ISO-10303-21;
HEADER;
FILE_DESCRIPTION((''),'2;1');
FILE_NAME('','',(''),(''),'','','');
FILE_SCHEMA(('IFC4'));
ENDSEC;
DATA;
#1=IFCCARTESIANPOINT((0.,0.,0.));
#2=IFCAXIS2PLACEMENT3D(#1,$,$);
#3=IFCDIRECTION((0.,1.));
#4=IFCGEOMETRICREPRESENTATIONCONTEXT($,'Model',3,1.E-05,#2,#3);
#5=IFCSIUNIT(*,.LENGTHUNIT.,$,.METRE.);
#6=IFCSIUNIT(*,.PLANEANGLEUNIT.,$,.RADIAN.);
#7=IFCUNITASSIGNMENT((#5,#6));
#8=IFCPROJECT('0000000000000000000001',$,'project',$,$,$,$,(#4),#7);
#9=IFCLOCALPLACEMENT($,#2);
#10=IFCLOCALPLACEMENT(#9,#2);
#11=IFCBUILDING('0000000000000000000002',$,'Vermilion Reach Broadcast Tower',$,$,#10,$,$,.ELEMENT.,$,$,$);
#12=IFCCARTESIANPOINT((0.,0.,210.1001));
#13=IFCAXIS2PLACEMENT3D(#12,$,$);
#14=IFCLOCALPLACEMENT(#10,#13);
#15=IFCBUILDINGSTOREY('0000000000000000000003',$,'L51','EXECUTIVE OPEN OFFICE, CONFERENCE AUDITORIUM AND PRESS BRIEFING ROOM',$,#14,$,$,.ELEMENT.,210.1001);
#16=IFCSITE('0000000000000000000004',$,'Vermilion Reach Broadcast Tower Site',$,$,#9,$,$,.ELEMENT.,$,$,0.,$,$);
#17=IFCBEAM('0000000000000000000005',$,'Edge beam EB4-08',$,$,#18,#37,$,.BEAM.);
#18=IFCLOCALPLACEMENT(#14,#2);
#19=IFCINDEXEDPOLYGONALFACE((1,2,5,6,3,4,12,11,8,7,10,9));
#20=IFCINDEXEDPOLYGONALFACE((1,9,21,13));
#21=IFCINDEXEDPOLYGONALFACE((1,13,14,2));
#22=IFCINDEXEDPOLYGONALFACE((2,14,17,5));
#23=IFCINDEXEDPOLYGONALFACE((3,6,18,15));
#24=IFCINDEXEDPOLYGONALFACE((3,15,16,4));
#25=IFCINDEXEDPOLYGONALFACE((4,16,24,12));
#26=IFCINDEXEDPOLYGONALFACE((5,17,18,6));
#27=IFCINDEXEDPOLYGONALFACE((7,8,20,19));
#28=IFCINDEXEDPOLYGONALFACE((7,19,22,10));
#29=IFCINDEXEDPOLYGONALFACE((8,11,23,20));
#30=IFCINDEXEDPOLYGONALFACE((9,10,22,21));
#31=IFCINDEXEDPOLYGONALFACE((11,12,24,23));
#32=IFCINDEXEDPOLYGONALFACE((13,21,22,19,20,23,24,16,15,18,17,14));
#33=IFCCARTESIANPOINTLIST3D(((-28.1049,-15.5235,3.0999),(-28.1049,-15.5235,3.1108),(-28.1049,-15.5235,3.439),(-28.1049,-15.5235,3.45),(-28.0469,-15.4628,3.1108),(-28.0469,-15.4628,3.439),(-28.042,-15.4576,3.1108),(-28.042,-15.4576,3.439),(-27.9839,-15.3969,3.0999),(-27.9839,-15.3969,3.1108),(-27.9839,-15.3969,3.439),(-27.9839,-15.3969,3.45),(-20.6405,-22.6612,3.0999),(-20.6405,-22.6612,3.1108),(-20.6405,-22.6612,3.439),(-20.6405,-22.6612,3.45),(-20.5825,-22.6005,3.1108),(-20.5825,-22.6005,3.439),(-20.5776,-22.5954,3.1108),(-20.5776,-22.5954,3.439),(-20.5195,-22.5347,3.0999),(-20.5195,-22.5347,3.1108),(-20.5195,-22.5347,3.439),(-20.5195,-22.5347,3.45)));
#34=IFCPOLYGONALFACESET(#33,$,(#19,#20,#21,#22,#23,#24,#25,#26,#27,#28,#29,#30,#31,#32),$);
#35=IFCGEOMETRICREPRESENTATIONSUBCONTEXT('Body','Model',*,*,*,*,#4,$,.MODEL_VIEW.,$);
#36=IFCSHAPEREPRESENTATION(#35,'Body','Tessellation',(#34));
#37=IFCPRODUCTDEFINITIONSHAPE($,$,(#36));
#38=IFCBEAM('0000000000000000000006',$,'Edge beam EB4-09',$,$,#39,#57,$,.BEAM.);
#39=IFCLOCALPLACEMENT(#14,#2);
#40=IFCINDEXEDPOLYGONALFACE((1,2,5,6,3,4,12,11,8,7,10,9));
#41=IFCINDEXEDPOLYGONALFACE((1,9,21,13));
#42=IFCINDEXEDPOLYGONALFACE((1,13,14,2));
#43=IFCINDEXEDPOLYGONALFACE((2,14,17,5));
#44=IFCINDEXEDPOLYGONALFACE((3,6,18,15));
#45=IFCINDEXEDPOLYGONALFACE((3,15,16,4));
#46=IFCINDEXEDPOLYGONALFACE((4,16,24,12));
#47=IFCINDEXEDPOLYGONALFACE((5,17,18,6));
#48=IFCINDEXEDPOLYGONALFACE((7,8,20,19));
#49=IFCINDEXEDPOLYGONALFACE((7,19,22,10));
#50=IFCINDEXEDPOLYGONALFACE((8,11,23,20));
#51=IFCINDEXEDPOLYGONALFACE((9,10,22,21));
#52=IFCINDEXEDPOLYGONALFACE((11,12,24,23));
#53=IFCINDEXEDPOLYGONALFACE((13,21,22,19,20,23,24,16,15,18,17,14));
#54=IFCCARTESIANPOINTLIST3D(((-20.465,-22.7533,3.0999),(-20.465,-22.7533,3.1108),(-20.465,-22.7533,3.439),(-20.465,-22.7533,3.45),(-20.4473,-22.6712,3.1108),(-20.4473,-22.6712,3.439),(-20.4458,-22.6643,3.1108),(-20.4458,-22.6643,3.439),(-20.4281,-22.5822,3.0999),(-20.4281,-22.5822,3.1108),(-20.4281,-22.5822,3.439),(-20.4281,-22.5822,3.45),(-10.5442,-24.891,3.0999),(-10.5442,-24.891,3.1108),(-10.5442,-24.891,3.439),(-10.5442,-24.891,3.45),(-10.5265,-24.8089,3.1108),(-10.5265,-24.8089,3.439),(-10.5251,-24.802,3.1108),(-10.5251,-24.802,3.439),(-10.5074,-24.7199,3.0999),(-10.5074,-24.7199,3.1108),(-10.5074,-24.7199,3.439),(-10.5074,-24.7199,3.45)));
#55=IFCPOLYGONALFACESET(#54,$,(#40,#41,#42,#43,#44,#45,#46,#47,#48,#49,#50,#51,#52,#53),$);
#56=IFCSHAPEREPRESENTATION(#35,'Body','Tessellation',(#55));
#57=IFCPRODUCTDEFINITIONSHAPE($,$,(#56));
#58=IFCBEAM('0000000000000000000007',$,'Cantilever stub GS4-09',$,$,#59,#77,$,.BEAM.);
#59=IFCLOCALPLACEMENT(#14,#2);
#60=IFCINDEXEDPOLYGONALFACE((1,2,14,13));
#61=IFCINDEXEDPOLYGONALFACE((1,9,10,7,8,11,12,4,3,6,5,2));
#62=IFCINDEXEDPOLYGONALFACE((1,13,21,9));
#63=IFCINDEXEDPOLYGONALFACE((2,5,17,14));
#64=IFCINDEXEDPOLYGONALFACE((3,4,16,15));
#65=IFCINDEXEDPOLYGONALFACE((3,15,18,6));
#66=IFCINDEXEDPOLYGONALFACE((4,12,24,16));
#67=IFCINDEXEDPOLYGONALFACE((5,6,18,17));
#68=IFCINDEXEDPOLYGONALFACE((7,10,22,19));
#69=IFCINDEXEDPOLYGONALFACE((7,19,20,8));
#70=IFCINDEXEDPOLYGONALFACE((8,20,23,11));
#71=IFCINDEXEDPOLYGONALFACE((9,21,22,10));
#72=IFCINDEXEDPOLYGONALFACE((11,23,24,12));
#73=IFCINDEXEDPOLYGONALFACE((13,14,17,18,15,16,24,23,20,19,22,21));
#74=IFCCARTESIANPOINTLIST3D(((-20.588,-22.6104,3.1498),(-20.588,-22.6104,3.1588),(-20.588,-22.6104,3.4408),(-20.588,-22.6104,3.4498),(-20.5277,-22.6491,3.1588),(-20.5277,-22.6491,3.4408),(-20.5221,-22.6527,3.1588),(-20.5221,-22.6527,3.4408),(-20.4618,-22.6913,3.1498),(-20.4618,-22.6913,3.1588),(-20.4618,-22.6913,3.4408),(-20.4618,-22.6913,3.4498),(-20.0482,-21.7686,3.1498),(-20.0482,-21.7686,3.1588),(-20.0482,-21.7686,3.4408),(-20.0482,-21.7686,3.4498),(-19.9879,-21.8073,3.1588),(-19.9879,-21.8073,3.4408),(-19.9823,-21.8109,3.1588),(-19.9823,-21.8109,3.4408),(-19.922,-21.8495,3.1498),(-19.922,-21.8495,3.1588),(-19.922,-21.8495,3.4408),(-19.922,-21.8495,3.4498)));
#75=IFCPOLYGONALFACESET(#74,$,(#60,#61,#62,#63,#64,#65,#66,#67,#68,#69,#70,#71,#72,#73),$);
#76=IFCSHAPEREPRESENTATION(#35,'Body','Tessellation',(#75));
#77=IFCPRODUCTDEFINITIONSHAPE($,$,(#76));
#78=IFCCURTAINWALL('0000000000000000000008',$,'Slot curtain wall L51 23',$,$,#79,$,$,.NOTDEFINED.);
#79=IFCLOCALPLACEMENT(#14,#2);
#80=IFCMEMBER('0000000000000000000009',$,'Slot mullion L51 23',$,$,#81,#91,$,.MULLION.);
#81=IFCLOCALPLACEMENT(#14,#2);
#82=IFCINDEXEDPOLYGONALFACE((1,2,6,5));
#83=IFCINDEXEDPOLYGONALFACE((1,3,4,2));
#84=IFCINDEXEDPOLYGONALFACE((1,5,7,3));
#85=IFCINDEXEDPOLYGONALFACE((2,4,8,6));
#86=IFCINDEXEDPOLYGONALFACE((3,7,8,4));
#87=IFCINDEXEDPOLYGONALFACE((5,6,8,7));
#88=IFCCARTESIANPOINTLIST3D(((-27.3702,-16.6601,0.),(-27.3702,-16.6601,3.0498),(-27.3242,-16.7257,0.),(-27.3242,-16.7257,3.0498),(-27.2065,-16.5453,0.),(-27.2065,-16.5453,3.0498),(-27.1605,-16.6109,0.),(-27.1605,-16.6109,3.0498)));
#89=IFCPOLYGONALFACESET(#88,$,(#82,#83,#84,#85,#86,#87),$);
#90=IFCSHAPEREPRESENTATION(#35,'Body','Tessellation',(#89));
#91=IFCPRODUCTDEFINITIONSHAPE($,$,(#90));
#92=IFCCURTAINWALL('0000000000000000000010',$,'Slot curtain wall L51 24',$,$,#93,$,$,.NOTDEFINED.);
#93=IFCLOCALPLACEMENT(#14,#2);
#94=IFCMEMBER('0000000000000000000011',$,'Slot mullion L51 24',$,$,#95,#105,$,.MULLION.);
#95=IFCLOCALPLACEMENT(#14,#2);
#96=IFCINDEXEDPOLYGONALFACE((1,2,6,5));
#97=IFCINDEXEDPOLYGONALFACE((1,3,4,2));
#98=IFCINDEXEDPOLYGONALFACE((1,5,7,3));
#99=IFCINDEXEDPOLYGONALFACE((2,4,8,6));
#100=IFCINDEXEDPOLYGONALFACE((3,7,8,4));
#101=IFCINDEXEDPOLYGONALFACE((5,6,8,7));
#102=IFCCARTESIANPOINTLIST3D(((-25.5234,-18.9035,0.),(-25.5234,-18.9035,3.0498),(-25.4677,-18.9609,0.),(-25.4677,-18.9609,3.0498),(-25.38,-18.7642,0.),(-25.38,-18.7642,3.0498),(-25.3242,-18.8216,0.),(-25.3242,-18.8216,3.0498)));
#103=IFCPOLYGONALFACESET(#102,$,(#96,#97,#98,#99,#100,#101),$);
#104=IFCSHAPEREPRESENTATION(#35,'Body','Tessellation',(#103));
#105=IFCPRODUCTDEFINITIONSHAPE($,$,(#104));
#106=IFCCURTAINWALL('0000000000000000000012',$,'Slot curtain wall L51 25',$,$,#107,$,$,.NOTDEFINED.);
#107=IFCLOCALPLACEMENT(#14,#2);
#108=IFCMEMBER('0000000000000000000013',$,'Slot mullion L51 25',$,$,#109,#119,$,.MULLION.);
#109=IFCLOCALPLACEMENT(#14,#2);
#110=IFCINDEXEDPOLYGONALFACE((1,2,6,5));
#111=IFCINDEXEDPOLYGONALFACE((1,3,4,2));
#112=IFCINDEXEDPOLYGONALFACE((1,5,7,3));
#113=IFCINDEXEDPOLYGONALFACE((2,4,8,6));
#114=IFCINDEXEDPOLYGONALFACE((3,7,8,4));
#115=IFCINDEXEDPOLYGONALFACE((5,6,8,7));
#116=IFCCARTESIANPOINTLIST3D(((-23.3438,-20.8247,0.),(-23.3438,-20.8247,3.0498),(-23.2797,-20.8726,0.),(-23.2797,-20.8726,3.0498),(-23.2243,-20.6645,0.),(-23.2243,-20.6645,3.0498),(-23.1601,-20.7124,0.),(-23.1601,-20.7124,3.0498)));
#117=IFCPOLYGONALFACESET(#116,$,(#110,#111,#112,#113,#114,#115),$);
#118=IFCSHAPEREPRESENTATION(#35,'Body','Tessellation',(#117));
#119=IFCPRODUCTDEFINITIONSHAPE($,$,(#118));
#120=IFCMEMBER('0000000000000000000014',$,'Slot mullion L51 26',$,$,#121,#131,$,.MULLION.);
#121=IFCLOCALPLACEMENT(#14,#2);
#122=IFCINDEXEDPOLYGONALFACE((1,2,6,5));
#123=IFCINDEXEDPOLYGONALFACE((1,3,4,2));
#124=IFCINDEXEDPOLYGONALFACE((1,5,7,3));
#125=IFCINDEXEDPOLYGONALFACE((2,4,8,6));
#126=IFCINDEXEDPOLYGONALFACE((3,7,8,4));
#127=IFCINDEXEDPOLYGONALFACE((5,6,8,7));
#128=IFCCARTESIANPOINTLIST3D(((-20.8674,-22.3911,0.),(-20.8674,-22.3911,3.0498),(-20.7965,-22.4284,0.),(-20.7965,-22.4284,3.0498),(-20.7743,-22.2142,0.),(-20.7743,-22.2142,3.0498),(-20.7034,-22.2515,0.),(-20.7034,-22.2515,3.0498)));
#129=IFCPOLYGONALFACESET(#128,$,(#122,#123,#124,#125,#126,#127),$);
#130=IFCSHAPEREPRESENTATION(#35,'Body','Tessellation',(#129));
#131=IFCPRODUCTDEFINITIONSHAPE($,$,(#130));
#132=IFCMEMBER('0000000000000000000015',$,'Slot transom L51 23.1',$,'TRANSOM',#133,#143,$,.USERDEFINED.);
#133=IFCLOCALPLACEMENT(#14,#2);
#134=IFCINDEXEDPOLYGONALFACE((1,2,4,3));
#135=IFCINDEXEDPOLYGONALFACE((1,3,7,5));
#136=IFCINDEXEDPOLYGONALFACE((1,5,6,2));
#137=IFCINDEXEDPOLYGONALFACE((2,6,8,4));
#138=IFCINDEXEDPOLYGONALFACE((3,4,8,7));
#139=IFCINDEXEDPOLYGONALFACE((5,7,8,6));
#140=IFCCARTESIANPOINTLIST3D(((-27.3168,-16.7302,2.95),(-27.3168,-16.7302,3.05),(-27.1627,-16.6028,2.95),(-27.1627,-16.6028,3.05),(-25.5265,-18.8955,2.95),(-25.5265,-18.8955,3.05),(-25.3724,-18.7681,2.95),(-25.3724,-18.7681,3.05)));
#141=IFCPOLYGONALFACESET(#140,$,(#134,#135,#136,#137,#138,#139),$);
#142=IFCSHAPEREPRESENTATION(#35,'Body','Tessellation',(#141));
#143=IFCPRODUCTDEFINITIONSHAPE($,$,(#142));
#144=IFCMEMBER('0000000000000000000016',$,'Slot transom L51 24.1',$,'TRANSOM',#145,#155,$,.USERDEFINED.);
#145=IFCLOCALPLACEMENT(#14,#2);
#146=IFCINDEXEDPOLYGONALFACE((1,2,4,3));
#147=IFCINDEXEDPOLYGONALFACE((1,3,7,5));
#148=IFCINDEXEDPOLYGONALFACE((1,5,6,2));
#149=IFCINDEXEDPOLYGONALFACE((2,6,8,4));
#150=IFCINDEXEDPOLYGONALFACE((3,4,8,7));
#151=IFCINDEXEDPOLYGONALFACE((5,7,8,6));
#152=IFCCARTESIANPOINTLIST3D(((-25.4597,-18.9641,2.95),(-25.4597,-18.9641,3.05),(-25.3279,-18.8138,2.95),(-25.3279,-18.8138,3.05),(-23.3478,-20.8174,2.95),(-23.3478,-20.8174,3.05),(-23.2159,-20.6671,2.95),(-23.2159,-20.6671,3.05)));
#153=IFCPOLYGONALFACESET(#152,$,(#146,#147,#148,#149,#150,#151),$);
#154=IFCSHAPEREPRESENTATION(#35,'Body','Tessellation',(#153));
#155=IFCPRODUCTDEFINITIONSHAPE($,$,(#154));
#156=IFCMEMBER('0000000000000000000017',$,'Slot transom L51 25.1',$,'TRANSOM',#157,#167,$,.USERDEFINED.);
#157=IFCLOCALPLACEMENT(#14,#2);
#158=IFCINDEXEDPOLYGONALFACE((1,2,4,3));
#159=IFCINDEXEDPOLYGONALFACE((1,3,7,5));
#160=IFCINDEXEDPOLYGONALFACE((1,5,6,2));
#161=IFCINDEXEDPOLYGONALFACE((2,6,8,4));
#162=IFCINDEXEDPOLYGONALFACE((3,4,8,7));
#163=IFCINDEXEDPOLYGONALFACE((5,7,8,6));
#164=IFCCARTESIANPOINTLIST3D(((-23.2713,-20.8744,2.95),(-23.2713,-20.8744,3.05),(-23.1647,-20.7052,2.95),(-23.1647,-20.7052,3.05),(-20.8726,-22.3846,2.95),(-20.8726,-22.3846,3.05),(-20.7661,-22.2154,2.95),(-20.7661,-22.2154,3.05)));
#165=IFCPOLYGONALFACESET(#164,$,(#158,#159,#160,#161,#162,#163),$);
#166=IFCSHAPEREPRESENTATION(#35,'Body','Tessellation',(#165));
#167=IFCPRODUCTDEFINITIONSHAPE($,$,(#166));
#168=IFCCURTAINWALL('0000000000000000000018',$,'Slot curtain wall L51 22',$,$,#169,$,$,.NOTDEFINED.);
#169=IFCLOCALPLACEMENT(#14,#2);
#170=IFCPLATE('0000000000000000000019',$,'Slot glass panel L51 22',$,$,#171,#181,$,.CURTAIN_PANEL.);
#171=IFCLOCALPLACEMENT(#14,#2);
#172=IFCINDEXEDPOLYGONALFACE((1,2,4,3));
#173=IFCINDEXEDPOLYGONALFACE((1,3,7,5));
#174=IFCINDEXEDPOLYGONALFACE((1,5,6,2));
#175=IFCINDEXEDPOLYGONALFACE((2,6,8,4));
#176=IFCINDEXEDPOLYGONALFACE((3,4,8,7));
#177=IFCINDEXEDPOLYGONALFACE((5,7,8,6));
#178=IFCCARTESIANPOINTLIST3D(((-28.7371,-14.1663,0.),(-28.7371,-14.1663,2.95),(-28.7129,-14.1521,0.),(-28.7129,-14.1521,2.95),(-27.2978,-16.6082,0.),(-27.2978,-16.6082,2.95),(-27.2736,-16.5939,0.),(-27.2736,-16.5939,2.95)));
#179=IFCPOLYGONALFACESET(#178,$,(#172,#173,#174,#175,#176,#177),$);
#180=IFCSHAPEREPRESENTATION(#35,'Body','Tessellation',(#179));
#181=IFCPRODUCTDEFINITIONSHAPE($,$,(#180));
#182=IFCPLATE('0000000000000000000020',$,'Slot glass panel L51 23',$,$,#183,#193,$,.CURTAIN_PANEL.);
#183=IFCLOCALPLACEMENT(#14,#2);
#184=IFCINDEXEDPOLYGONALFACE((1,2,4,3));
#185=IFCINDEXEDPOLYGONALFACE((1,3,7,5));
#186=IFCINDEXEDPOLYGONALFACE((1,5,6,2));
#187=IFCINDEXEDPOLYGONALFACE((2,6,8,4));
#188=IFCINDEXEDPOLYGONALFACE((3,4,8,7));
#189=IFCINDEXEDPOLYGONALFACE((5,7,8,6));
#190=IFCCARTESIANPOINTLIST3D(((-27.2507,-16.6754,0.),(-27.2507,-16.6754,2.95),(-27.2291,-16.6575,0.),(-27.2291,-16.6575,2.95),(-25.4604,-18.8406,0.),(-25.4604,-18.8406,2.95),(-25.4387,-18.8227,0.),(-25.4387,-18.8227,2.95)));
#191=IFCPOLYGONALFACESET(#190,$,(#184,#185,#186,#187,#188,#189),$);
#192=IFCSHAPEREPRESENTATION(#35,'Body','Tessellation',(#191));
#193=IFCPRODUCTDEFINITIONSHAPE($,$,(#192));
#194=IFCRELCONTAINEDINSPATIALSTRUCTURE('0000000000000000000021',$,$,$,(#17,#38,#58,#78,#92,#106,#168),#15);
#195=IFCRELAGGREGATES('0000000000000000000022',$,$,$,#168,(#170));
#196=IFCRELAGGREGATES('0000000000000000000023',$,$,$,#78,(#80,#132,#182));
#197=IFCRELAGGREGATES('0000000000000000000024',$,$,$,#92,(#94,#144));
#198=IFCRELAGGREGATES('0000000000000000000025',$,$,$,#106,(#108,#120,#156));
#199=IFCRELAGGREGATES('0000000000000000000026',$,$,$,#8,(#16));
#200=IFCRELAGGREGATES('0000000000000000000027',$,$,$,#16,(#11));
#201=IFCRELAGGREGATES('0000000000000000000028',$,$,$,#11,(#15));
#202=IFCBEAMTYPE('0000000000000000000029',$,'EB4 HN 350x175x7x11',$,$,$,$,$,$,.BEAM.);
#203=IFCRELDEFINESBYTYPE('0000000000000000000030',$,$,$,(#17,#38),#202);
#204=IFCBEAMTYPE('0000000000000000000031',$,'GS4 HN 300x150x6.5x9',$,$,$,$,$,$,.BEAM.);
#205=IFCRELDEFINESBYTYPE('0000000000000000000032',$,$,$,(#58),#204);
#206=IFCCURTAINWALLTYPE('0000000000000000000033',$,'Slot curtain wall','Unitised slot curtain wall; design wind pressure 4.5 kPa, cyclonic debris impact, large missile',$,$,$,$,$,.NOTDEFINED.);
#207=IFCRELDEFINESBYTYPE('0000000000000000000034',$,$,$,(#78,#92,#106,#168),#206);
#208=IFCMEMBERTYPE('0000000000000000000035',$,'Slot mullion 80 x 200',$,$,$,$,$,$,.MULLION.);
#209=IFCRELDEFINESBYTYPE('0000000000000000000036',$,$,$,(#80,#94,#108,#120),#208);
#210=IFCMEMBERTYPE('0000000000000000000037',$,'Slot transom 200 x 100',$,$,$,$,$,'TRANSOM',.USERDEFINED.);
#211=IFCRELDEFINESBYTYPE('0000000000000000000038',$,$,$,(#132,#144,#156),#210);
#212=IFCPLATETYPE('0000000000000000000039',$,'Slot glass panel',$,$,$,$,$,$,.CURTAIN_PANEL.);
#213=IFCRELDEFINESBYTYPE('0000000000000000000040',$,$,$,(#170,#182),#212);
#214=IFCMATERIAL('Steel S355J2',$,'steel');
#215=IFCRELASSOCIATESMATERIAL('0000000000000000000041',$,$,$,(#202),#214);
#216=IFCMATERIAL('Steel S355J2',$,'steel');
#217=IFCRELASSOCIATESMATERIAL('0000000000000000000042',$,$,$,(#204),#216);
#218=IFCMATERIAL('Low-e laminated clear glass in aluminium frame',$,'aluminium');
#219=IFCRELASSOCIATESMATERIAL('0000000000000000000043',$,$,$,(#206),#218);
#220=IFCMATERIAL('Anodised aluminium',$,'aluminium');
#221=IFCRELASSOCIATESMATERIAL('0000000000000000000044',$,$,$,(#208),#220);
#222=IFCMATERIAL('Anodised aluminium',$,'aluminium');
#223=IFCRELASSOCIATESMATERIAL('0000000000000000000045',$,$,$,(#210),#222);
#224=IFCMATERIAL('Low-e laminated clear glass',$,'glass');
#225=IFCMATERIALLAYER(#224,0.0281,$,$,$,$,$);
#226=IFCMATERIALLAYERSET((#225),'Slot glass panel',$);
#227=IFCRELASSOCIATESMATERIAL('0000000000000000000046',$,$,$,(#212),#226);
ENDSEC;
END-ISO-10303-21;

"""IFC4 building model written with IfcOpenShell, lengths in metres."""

from ifc_helpers import new_model, si_unit, direction, frame, origin, origin_2d, place, context, subcontext, project, spatial, rectangle, i_section, extrude, material, layer, layer_set, material_profile, profile_set, type_object, element, aggregate, save


model = new_model("IFC4")

# Units and contexts
model_context = context("Model", 3, precision=1e-05, world=origin(), true_north=direction((0.0, 1.0)))
body_context = subcontext(model_context, "Body", "Model", "MODEL_VIEW")
ifc_project = project(units=[si_unit("LENGTHUNIT", "METRE"), si_unit("PLANEANGLEUNIT", "RADIAN")], contexts=[model_context])

# Site, building, storey
site_placement = place(None, origin())
site = spatial("IfcSite", under=ifc_project, at=site_placement, Name="Vermilion Reach Broadcast Tower Site", CompositionType="ELEMENT", RefElevation=0.0)
building_placement = place(site_placement, origin())
building = spatial("IfcBuilding", under=site, at=building_placement, Name="Vermilion Reach Broadcast Tower", CompositionType="ELEMENT")
storey_placement = place(building_placement, frame((0.0, 0.0, 210.1001)))
storey = spatial("IfcBuildingStorey", under=building, at=storey_placement, Name="L51", Description="EXECUTIVE OPEN OFFICE, CONFERENCE AUDITORIUM AND PRESS BRIEFING ROOM", CompositionType="ELEMENT", Elevation=210.1001)

# Beams
ifc_material_1 = material(Name="Steel S355J2", Category="steel")
ifc_material_profile_1 = material_profile(ifc_material_1, i_section(OverallWidth=0.175, OverallDepth=0.3501, WebThickness=0.0071, FlangeThickness=0.011, at=origin_2d()), Name="S355J2 HN 350x175x7x11")
ifc_profile_set_1 = profile_set([ifc_material_profile_1], Name="Steel S355J2")
beam_type_1 = type_object("IfcBeamType", Name="EB4 HN 350x175x7x11", PredefinedType="BEAM", material=ifc_profile_set_1)
beam_1_placement = place(storey_placement, frame((-28.0444, -15.4602, 3.2749), z_axis=(0.722745, -0.691115, 0.0), x_axis=(0.691115, 0.722745, 0.0)))
element("IfcBeam", 1, at=beam_1_placement, inside=storey, type_object=beam_type_1, Name="Edge beam EB4-08", PredefinedType="BEAM", context=body_context, shape_type="SweptSolid", body=[
    extrude(i_section(OverallWidth=0.175, OverallDepth=0.3501, WebThickness=0.0071, FlangeThickness=0.011, at=origin_2d()), origin(), (0.0, 0.0, 1.0), 10.3279),
])
beam_2_placement = place(storey_placement, frame((-20.4465, -22.6677, 3.2749), z_axis=(0.977563, -0.210645, 0.0), x_axis=(0.210645, 0.977563, 0.0)))
element("IfcBeam", 2, at=beam_2_placement, inside=storey, type_object=beam_type_1, Name="Edge beam EB4-09", PredefinedType="BEAM", context=body_context, shape_type="SweptSolid", body=[
    extrude(i_section(OverallWidth=0.175, OverallDepth=0.3501, WebThickness=0.0071, FlangeThickness=0.011, at=origin_2d()), origin(), (0.0, 0.0, 1.0), 10.1484),
])
ifc_material_2 = material(Name="Steel S355J2", Category="steel")
ifc_material_profile_2 = material_profile(ifc_material_2, i_section(OverallWidth=0.1499, OverallDepth=0.3, WebThickness=0.0066, FlangeThickness=0.009, at=origin_2d()), Name="S355J2 HN 300x150x6.5x9")
ifc_profile_set_2 = profile_set([ifc_material_profile_2], Name="Steel S355J2")
beam_type_2 = type_object("IfcBeamType", Name="GS4 HN 300x150x6.5x9", PredefinedType="BEAM", material=ifc_profile_set_2)
beam_3_placement = place(storey_placement, frame((-19.9851, -21.8091, 3.2998), z_axis=(-0.539795, -0.841797, 0.0), x_axis=(0.841797, -0.539795, 0.0)))
element("IfcBeam", 3, at=beam_3_placement, inside=storey, type_object=beam_type_2, Name="Cantilever stub GS4-09", PredefinedType="BEAM", context=body_context, shape_type="SweptSolid", body=[
    extrude(i_section(OverallWidth=0.1499, OverallDepth=0.3, WebThickness=0.0066, FlangeThickness=0.009, at=origin_2d()), origin(), (0.0, 0.0, 1.0), 1.0),
])

# Curtain walls, members
ifc_material_3 = material(Name="Low-e laminated clear glass in aluminium frame", Category="aluminium")
curtain_wall_type = type_object("IfcCurtainWallType", Name="Slot curtain wall", Description="Unitised slot curtain wall; design wind pressure 4.5 kPa, cyclonic debris impact, large missile", PredefinedType="NOTDEFINED", material=ifc_material_3)
placement = place(storey_placement, origin())
curtain_wall_1 = element("IfcCurtainWall", 4, at=placement, inside=storey, type_object=curtain_wall_type, Name="Slot curtain wall L51 23", PredefinedType="NOTDEFINED")
ifc_material_4 = material(Name="Anodised aluminium", Category="aluminium")
ifc_material_profile_3 = material_profile(ifc_material_4, rectangle(XDim=0.2, YDim=0.0801, at=origin_2d()), Name="Slot mullion 80 x 200")
ifc_profile_set_3 = profile_set([ifc_material_profile_3], Name="Anodised aluminium")
member_type_1 = type_object("IfcMemberType", Name="Slot mullion 80 x 200", PredefinedType="MULLION", material=ifc_profile_set_3)
member_1_placement = place(storey_placement, frame((-27.2654, -16.6355, 0.0), z_axis=(0.0, 0.0, 1.0), x_axis=(0.81864, 0.574307, 0.0)))
member_1 = element("IfcMember", 5, at=member_1_placement, type_object=member_type_1, Name="Slot mullion L51 23", PredefinedType="MULLION", context=body_context, shape_type="SweptSolid", body=[
    extrude(rectangle(XDim=0.2, YDim=0.0801, at=origin_2d()), origin(), (0.0, 0.0, 1.0), 3.0498),
])
curtain_wall_2 = element("IfcCurtainWall", 6, at=placement, inside=storey, type_object=curtain_wall_type, Name="Slot curtain wall L51 24", PredefinedType="NOTDEFINED")
member_2_placement = place(storey_placement, frame((-25.4238, -18.8625, 0.0), z_axis=(0.0, 0.0, 1.0), x_axis=(0.717397, 0.696664, 0.0)))
member_2 = element("IfcMember", 7, at=member_2_placement, type_object=member_type_1, Name="Slot mullion L51 24", PredefinedType="MULLION", context=body_context, shape_type="SweptSolid", body=[
    extrude(rectangle(XDim=0.2, YDim=0.0801, at=origin_2d()), origin(), (0.0, 0.0, 1.0), 3.0498),
])

# Curtain wall, members
curtain_wall_3 = element("IfcCurtainWall", 8, at=placement, inside=storey, type_object=curtain_wall_type, Name="Slot curtain wall L51 25", PredefinedType="NOTDEFINED")
member_3_placement = place(storey_placement, frame((-23.252, -20.7686, 0.0), z_axis=(0.0, 0.0, 1.0), x_axis=(0.59806, 0.801451, 0.0)))
member_3 = element("IfcMember", 9, at=member_3_placement, type_object=member_type_1, Name="Slot mullion L51 25", PredefinedType="MULLION", context=body_context, shape_type="SweptSolid", body=[
    extrude(rectangle(XDim=0.2, YDim=0.0801, at=origin_2d()), origin(), (0.0, 0.0, 1.0), 3.0498),
])
member_4_placement = place(storey_placement, frame((-20.7854, -22.3213, 0.0), z_axis=(0.0, 0.0, 1.0), x_axis=(0.46587, 0.884853, 0.0)))
member_4 = element("IfcMember", 10, at=member_4_placement, type_object=member_type_1, Name="Slot mullion L51 26", PredefinedType="MULLION", context=body_context, shape_type="SweptSolid", body=[
    extrude(rectangle(XDim=0.2, YDim=0.0801, at=origin_2d()), origin(), (0.0, 0.0, 1.0), 3.0498),
])

# Members
ifc_material_5 = material(Name="Anodised aluminium", Category="aluminium")
ifc_material_profile_4 = material_profile(ifc_material_5, rectangle(XDim=0.2, YDim=0.1001, at=origin_2d()), Name="Slot transom 200 x 100")
ifc_profile_set_4 = profile_set([ifc_material_profile_4], Name="Anodised aluminium")
member_type_2 = type_object("IfcMemberType", Name="Slot transom 200 x 100", ElementType="TRANSOM", PredefinedType="USERDEFINED", material=ifc_profile_set_4)
member_5_placement = place(storey_placement, frame((-27.2397, -16.6665, 3.0), z_axis=(0.637214, -0.770687, 0.0), x_axis=(0.770687, 0.637214, 0.0)))
member_5 = element("IfcMember", 11, at=member_5_placement, type_object=member_type_2, Name="Slot transom L51 23.1", ObjectType="TRANSOM", PredefinedType="USERDEFINED", context=body_context, shape_type="SweptSolid", body=[
    extrude(rectangle(XDim=0.2, YDim=0.1001, at=origin_2d()), origin(), (0.0, 0.0, 1.0), 2.8096),
])
member_6_placement = place(storey_placement, frame((-25.3938, -18.8889, 3.0), z_axis=(0.751618, -0.659599, 0.0), x_axis=(0.659599, 0.751618, 0.0)))
member_6 = element("IfcMember", 12, at=member_6_placement, type_object=member_type_2, Name="Slot transom L51 24.1", ObjectType="TRANSOM", PredefinedType="USERDEFINED", context=body_context, shape_type="SweptSolid", body=[
    extrude(rectangle(XDim=0.2, YDim=0.1001, at=origin_2d()), origin(), (0.0, 0.0, 1.0), 2.8098),
])
member_7_placement = place(storey_placement, frame((-23.218, -20.7898, 3.0), z_axis=(0.846237, -0.532806, 0.0), x_axis=(0.532806, 0.846237, 0.0)))
member_7 = element("IfcMember", 13, at=member_7_placement, type_object=member_type_2, Name="Slot transom L51 25.1", ObjectType="TRANSOM", PredefinedType="USERDEFINED", context=body_context, shape_type="SweptSolid", body=[
    extrude(rectangle(XDim=0.2, YDim=0.1001, at=origin_2d()), origin(), (0.0, 0.0, 1.0), 2.8345),
])

# Curtain wall, plate
curtain_wall_4 = element("IfcCurtainWall", 14, at=placement, inside=storey, type_object=curtain_wall_type, Name="Slot curtain wall L51 22", PredefinedType="NOTDEFINED")
ifc_material_6 = material(Name="Low-e laminated clear glass", Category="glass")
ifc_layer_1 = layer(ifc_material_6, 0.0281)
ifc_layer_set_1 = layer_set([ifc_layer_1], Name="Slot glass panel")
plate_type = type_object("IfcPlateType", Name="Slot glass panel", PredefinedType="CURTAIN_PANEL", material=ifc_layer_set_1)
plate_1_placement = place(storey_placement, frame((-28.0054, -15.3801, 0.0), z_axis=(0.0, 0.0, 1.0), x_axis=(0.507771, -0.861492, 0.0)))
plate_1 = element("IfcPlate", 15, at=plate_1_placement, type_object=plate_type, Name="Slot glass panel L51 22", PredefinedType="CURTAIN_PANEL", context=body_context, shape_type="SweptSolid", body=[
    extrude(rectangle(XDim=2.8345, YDim=0.0281, at=origin_2d()), origin(), (0.0, 0.0, 1.0), 2.95),
])
aggregate(curtain_wall_4, [plate_1])

# Plate
plate_2_placement = place(storey_placement, frame((-26.3447, -17.749, 0.0), z_axis=(0.0, 0.0, 1.0), x_axis=(0.637246, -0.770661, 0.0)))
plate_2 = element("IfcPlate", 16, at=plate_2_placement, type_object=plate_type, Name="Slot glass panel L51 23", PredefinedType="CURTAIN_PANEL", context=body_context, shape_type="SweptSolid", body=[
    extrude(rectangle(XDim=2.8096, YDim=0.0281, at=origin_2d()), origin(), (0.0, 0.0, 1.0), 2.95),
])
aggregate(curtain_wall_1, [member_1, member_5, plate_2])
aggregate(curtain_wall_2, [member_2, member_6])
aggregate(curtain_wall_3, [member_3, member_4, member_7])

save(model, "model.ifc")
